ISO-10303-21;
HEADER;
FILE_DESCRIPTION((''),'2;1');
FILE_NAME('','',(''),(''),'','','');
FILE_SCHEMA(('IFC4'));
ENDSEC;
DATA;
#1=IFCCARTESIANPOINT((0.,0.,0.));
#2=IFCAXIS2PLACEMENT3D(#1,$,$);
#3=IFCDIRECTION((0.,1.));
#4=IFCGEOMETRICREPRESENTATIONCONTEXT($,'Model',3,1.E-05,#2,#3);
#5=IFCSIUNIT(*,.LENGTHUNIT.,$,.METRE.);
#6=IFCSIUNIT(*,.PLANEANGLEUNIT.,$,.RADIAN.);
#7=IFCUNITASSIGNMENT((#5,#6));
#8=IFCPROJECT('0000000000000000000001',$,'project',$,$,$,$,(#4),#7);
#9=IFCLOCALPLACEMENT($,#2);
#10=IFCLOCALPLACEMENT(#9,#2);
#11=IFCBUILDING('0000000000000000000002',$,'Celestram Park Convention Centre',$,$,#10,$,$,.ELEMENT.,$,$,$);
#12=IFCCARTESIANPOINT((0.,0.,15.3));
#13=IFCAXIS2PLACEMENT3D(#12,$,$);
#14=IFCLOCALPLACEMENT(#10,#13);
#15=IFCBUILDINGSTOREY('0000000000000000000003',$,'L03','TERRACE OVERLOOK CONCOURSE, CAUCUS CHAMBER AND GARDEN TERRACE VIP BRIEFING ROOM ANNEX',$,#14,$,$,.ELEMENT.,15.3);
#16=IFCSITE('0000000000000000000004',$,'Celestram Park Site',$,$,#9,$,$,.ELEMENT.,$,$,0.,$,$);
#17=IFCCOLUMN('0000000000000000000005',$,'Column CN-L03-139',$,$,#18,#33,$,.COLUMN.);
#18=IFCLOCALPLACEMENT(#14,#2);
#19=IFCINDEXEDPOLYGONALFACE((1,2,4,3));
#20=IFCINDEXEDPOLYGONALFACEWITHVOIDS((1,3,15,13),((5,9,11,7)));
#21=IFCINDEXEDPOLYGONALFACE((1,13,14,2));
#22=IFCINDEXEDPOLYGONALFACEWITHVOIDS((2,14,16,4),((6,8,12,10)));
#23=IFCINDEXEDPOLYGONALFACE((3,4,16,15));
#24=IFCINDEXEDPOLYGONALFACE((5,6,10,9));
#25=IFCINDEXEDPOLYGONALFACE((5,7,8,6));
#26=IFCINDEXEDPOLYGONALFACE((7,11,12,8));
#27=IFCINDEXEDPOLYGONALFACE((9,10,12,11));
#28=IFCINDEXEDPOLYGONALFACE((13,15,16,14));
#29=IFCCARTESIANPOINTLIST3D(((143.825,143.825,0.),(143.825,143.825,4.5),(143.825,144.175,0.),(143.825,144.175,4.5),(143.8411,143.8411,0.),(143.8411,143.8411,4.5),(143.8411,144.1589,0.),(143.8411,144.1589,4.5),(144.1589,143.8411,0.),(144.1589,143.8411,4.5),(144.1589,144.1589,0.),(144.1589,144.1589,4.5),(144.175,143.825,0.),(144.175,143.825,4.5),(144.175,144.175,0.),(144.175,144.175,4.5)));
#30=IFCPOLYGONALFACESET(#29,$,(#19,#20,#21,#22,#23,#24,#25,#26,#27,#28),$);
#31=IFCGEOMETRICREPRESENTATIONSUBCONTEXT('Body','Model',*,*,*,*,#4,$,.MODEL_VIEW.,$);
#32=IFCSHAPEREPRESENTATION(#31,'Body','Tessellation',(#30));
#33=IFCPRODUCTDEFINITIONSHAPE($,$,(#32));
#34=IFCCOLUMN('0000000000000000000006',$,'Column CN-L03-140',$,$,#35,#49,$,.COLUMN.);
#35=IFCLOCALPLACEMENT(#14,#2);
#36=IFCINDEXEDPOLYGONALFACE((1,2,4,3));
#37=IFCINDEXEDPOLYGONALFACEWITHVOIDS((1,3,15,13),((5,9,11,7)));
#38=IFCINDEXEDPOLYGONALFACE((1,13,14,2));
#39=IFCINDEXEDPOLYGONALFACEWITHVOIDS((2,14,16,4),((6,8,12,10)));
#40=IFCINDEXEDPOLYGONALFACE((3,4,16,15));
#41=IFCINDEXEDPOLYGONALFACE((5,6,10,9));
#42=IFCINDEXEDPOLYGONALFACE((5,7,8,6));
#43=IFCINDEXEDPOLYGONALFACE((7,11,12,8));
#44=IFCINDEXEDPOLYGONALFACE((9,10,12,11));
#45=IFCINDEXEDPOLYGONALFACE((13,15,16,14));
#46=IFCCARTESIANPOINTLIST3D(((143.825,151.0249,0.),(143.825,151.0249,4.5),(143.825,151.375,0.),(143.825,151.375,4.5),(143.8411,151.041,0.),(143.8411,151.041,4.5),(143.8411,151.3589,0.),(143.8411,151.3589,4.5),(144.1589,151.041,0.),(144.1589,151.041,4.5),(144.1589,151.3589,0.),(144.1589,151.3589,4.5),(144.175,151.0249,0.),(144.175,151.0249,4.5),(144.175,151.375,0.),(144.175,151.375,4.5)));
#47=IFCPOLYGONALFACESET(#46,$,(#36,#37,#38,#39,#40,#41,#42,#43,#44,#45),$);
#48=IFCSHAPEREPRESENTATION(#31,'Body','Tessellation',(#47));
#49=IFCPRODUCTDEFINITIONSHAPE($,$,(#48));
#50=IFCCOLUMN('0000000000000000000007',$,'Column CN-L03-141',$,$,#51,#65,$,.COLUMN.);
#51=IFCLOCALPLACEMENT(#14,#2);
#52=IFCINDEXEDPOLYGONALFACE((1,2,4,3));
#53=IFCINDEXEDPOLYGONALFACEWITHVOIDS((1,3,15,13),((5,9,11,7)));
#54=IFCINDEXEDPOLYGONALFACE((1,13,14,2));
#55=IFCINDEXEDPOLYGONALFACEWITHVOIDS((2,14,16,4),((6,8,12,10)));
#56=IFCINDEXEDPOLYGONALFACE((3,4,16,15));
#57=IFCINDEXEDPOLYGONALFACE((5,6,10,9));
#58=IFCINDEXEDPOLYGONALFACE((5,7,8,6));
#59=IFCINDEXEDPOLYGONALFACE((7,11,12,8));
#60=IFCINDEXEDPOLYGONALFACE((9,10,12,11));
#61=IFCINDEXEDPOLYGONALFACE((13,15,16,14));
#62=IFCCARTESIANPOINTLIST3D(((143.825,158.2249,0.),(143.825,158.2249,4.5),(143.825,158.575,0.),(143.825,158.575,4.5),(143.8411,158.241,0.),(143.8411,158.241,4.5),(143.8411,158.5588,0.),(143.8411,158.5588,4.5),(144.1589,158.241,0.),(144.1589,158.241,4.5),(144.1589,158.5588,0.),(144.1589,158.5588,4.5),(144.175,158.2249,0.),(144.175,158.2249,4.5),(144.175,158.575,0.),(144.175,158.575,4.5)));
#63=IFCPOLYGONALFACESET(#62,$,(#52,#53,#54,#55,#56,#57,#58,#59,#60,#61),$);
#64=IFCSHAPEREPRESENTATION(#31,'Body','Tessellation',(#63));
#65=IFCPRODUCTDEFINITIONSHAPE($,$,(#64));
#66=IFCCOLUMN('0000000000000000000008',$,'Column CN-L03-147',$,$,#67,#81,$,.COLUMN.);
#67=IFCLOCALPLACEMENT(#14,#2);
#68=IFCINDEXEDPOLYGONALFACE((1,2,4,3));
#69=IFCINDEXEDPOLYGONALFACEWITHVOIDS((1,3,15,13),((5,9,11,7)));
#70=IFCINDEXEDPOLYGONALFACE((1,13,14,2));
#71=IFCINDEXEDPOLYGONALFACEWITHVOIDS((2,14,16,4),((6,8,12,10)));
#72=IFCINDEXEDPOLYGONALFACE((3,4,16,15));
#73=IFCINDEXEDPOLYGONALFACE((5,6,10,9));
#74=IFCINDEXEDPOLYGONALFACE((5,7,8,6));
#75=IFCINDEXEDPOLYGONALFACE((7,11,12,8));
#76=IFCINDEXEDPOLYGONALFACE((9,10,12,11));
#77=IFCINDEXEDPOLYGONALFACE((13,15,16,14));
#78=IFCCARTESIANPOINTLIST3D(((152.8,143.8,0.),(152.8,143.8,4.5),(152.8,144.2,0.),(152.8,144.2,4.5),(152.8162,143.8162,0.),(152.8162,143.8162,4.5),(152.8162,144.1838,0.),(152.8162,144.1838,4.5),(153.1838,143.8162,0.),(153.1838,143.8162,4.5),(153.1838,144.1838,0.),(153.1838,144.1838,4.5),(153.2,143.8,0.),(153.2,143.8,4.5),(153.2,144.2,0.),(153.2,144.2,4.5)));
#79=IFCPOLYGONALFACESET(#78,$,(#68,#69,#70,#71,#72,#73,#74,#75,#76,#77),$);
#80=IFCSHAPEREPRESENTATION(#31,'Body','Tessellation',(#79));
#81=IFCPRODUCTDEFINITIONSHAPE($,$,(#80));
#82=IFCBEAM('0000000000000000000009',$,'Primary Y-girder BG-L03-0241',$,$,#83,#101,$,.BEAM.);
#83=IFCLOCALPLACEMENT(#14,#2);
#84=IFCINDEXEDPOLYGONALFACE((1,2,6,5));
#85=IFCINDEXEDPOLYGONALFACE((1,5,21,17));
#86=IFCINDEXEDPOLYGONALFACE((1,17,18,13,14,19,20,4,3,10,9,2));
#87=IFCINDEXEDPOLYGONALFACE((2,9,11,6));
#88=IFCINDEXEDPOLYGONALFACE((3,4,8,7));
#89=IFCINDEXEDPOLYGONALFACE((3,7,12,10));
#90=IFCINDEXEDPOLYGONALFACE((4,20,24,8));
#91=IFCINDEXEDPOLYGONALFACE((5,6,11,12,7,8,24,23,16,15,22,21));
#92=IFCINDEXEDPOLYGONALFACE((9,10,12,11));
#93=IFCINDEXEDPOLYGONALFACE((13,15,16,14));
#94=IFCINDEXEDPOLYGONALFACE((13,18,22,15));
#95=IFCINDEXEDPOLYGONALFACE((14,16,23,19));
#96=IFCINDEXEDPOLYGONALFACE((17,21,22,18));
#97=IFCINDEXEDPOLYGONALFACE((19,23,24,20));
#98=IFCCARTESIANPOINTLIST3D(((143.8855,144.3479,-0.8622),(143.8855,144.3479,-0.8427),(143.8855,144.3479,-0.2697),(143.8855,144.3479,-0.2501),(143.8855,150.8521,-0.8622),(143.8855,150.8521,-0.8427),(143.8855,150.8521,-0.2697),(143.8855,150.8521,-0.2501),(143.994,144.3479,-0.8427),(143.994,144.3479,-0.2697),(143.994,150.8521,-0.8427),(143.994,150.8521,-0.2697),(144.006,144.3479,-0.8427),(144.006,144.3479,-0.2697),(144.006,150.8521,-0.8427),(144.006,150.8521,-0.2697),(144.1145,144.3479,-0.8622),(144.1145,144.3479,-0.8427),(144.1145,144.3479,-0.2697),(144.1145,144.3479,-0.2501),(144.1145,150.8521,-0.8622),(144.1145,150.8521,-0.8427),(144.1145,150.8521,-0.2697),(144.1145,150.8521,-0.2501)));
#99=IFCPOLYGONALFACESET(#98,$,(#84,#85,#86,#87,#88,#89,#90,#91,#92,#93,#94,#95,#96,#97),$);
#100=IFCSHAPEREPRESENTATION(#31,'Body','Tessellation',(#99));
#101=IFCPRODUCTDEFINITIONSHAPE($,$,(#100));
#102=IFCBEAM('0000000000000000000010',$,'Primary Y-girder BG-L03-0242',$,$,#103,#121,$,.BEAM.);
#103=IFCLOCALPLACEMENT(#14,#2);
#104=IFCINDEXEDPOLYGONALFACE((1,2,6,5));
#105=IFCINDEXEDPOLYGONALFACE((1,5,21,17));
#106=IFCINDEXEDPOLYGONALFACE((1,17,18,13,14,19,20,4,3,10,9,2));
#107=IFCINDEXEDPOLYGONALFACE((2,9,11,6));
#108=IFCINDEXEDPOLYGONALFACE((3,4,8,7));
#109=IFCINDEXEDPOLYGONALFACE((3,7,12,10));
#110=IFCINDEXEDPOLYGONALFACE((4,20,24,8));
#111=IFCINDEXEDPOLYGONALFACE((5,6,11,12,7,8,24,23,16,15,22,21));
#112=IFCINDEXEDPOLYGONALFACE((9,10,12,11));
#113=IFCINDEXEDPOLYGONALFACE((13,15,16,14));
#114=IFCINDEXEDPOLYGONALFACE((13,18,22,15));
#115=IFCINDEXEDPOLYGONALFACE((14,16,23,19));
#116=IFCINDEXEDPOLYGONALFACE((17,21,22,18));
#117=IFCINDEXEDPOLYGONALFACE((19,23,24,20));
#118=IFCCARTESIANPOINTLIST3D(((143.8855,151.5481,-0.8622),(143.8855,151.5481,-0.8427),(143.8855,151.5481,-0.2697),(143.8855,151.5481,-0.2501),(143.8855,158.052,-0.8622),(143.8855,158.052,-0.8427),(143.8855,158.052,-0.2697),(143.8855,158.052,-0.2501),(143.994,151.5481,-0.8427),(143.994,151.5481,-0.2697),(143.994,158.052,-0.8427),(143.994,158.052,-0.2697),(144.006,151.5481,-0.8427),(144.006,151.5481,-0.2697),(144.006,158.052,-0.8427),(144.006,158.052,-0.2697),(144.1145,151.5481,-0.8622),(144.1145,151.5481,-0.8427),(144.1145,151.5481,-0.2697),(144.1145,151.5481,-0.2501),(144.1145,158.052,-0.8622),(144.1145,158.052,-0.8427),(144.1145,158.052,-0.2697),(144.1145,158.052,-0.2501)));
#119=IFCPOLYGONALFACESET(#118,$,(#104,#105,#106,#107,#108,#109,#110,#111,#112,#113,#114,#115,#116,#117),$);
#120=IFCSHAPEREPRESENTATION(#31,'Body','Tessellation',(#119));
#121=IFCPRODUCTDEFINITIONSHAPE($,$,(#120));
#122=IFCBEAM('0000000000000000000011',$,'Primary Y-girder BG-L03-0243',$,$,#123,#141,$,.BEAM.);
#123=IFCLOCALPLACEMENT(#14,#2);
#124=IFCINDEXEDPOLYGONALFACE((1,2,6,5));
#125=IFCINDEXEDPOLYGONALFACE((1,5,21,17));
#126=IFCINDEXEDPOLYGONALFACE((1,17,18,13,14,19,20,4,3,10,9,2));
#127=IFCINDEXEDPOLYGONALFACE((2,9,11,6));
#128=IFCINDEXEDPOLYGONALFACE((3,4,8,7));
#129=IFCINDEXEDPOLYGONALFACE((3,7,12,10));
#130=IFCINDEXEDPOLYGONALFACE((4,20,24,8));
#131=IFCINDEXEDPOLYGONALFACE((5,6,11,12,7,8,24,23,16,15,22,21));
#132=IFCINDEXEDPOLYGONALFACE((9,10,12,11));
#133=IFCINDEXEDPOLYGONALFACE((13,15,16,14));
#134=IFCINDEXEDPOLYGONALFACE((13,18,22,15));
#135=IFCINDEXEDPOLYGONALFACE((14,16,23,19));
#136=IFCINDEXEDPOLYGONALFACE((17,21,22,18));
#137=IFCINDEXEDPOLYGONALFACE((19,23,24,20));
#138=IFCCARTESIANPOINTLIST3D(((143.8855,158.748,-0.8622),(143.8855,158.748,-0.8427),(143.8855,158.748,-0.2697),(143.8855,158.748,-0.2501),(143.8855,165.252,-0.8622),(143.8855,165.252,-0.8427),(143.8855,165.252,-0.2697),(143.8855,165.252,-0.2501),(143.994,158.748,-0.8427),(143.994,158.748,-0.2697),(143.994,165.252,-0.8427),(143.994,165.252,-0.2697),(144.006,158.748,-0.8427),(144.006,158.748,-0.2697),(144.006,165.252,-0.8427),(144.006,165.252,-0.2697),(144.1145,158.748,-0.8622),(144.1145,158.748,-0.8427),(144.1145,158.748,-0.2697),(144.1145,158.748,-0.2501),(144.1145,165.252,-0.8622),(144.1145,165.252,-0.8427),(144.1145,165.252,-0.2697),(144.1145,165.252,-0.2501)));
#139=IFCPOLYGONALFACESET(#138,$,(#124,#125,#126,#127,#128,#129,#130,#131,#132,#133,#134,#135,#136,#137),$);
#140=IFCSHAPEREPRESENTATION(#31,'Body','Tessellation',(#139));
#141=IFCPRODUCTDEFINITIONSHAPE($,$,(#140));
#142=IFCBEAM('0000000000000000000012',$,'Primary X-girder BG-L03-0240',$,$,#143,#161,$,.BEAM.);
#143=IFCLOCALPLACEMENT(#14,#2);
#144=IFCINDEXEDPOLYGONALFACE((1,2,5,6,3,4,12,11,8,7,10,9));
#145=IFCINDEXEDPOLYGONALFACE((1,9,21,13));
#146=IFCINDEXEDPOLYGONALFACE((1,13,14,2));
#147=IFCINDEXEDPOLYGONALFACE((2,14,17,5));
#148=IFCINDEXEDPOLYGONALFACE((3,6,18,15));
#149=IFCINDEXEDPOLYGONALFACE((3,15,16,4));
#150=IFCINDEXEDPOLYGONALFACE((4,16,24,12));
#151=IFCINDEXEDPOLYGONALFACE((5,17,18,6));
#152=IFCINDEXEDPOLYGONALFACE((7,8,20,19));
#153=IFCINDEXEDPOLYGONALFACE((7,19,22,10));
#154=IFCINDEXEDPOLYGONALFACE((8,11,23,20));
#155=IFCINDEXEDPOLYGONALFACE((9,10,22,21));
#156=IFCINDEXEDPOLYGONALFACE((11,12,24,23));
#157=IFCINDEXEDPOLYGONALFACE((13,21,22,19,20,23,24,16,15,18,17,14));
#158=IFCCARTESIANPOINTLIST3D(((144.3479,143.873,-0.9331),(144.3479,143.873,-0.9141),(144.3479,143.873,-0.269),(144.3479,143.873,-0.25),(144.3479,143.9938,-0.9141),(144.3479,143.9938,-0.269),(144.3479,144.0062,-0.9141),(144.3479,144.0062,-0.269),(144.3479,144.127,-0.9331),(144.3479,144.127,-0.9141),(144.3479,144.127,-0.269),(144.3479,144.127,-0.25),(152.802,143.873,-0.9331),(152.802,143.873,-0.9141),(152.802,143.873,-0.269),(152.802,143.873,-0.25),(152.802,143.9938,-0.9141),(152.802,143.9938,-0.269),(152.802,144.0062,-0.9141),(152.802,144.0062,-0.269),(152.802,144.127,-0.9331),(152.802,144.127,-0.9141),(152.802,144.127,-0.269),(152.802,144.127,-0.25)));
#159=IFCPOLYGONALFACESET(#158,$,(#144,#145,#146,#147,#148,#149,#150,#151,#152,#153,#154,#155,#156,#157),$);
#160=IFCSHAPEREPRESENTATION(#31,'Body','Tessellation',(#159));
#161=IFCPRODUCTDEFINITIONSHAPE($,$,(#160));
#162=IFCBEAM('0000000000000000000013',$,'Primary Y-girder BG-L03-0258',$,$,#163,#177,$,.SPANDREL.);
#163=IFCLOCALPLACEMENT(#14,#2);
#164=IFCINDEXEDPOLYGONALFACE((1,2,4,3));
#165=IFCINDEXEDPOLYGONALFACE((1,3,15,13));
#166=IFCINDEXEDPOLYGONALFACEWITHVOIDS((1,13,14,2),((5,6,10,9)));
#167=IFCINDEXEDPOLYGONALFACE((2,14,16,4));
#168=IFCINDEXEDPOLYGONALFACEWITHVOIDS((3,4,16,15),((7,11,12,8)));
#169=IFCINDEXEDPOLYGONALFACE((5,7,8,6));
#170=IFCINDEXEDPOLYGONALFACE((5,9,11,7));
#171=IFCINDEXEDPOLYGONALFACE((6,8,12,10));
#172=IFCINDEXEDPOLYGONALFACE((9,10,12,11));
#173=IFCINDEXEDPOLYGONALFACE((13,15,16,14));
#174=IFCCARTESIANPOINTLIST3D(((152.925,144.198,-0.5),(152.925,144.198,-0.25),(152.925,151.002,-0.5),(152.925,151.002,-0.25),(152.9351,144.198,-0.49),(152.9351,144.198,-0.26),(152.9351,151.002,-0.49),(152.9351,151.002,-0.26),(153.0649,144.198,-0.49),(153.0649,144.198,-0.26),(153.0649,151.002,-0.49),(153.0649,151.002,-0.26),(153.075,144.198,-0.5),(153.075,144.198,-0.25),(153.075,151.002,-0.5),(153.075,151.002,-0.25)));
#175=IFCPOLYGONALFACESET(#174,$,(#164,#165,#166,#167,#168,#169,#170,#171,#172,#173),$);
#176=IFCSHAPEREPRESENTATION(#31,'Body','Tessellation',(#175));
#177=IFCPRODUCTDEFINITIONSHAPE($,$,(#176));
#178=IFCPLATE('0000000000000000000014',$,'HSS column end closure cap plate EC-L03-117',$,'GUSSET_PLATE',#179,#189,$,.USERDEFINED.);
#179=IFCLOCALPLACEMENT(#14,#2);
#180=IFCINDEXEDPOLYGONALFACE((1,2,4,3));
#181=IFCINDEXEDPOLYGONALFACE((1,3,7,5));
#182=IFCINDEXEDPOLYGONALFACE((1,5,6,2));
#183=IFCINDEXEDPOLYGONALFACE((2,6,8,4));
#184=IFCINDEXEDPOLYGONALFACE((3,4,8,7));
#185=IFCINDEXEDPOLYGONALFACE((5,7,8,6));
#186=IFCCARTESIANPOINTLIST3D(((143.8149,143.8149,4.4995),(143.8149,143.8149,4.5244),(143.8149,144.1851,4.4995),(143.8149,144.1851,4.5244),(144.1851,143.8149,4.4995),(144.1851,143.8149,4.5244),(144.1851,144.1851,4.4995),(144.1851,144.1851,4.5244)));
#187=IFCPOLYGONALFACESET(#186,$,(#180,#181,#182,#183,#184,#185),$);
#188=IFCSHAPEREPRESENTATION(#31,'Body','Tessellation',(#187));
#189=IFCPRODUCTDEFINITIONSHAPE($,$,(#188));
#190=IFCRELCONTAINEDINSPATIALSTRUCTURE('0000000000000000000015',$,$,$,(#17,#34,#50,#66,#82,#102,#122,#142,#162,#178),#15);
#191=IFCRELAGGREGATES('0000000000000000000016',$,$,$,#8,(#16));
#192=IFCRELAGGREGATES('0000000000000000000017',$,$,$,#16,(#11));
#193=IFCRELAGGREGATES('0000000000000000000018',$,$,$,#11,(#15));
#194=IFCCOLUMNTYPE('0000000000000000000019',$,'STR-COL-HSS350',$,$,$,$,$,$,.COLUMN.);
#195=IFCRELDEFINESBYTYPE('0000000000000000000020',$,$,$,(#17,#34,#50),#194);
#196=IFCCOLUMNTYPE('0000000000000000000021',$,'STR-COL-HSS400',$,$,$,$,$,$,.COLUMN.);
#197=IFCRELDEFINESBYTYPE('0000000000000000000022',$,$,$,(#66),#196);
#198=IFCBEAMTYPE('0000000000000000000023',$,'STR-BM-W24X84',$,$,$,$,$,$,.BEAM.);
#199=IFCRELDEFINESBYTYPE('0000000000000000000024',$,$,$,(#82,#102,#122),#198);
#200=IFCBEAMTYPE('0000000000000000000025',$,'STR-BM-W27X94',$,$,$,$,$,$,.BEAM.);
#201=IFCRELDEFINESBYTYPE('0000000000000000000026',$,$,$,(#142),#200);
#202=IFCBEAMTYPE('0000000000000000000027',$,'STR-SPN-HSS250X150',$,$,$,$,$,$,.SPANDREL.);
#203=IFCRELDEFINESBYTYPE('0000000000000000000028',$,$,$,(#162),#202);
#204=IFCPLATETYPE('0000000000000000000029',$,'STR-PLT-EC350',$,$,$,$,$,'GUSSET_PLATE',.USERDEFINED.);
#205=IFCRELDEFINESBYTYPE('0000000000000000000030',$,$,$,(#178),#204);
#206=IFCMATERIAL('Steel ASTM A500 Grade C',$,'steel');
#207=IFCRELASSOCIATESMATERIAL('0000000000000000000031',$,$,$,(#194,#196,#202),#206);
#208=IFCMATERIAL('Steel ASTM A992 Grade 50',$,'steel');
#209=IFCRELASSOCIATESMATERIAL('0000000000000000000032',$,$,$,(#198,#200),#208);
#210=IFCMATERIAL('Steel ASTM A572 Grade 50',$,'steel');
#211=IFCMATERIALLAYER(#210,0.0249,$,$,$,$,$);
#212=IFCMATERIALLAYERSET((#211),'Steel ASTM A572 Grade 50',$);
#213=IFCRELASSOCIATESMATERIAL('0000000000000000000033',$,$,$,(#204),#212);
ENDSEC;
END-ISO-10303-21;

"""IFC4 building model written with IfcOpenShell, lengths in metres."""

from ifc_helpers import new_model, si_unit, direction, frame, origin, origin_2d, place, context, subcontext, project, spatial, rectangle, hollow_rectangle, i_section, extrude, material, layer, layer_set, material_profile, profile_set, type_object, element, save


model = new_model("IFC4")

# Units and contexts
model_context = context("Model", 3, precision=1e-05, world=origin(), true_north=direction((0.0, 1.0)))
body_context = subcontext(model_context, "Body", "Model", "MODEL_VIEW")
ifc_project = project(units=[si_unit("LENGTHUNIT", "METRE"), si_unit("PLANEANGLEUNIT", "RADIAN")], contexts=[model_context])

# Site, building, storey
site_placement = place(None, origin())
site = spatial("IfcSite", under=ifc_project, at=site_placement, Name="Celestram Park Site", CompositionType="ELEMENT", RefElevation=0.0)
building_placement = place(site_placement, origin())
building = spatial("IfcBuilding", under=site, at=building_placement, Name="Celestram Park Convention Centre", CompositionType="ELEMENT")
storey_placement = place(building_placement, frame((0.0, 0.0, 15.3)))
storey = spatial("IfcBuildingStorey", under=building, at=storey_placement, Name="L03", Description="TERRACE OVERLOOK CONCOURSE, CAUCUS CHAMBER AND GARDEN TERRACE VIP BRIEFING ROOM ANNEX", CompositionType="ELEMENT", Elevation=15.3)

# Columns
ifc_material_1 = material(Name="Steel ASTM A500 Grade C", Category="steel")
ifc_material_profile_1 = material_profile(ifc_material_1, hollow_rectangle(XDim=0.3501, YDim=0.3501, WallThickness=0.0161, at=origin_2d()), Name="HSS350X350X16")
ifc_profile_set_1 = profile_set([ifc_material_profile_1], Name="Steel ASTM A500 Grade C")
column_type_1 = type_object("IfcColumnType", Name="STR-COL-HSS350", PredefinedType="COLUMN", material=ifc_profile_set_1)
for number, where, z_axis, x_axis, name in (
    (1, (144.0, 144.0, 0.0), (0.0, 0.0, 1.0), (1.0, 0.0, 0.0), "Column CN-L03-139"),
    (2, (144.0, 151.2, 0.0), (0.0, 0.0, 1.0), (1.0, 0.0, 0.0), "Column CN-L03-140"),
    (3, (144.0, 158.3999, 0.0), (0.0, 0.0, 1.0), (1.0, 0.0, 0.0), "Column CN-L03-141"),
):
    element("IfcColumn", number, at=place(storey_placement, frame(where, z_axis=z_axis, x_axis=x_axis)), inside=storey, type_object=column_type_1, Name=name, PredefinedType="COLUMN", context=body_context, shape_type="SweptSolid", body=[
        extrude(hollow_rectangle(XDim=0.3501, YDim=0.3501, WallThickness=0.0161, at=origin_2d()), origin(), (0.0, 0.0, 1.0), 4.5),
    ])
ifc_material_profile_2 = material_profile(ifc_material_1, hollow_rectangle(XDim=0.3999, YDim=0.3999, WallThickness=0.0161, at=origin_2d()), Name="HSS400X400X16")
ifc_profile_set_2 = profile_set([ifc_material_profile_2], Name="Steel ASTM A500 Grade C")
column_type_2 = type_object("IfcColumnType", Name="STR-COL-HSS400", PredefinedType="COLUMN", material=ifc_profile_set_2)
column_placement = place(storey_placement, frame((153.0, 144.0, 0.0), z_axis=(0.0, 0.0, 1.0), x_axis=(1.0, 0.0, 0.0)))
element("IfcColumn", 4, at=column_placement, inside=storey, type_object=column_type_2, Name="Column CN-L03-147", PredefinedType="COLUMN", context=body_context, shape_type="SweptSolid", body=[
    extrude(hollow_rectangle(XDim=0.3999, YDim=0.3999, WallThickness=0.0161, at=origin_2d()), origin(), (0.0, 0.0, 1.0), 4.5),
])

# Beams
ifc_material_2 = material(Name="Steel ASTM A992 Grade 50", Category="steel")
ifc_material_profile_3 = material_profile(ifc_material_2, i_section(OverallWidth=0.229, OverallDepth=0.6121, WebThickness=0.012, FlangeThickness=0.0195, at=origin_2d()), Name="W24X84")
ifc_profile_set_3 = profile_set([ifc_material_profile_3], Name="Steel ASTM A992 Grade 50")
beam_type_1 = type_object("IfcBeamType", Name="STR-BM-W24X84", PredefinedType="BEAM", material=ifc_profile_set_3)
beam_1_placement = place(storey_placement, frame((144.0, 144.3479, -0.5562), z_axis=(0.0, 1.0, 0.0), x_axis=(-1.0, 0.0, 0.0)))
element("IfcBeam", 5, at=beam_1_placement, inside=storey, type_object=beam_type_1, Name="Primary Y-girder BG-L03-0241", PredefinedType="BEAM", context=body_context, shape_type="SweptSolid", body=[
    extrude(i_section(OverallWidth=0.229, OverallDepth=0.6121, WebThickness=0.012, FlangeThickness=0.0195, at=origin_2d()), origin(), (0.0, 0.0, 1.0), 6.5042),
])
for number, where, z_axis, x_axis, name in (
    (6, (144.0, 151.5481, -0.5562), (0.0, 1.0, 0.0), (-1.0, 0.0, 0.0), "Primary Y-girder BG-L03-0242"),
    (7, (144.0, 158.748, -0.5562), (0.0, 1.0, 0.0), (-1.0, 0.0, 0.0), "Primary Y-girder BG-L03-0243"),
):
    element("IfcBeam", number, at=place(storey_placement, frame(where, z_axis=z_axis, x_axis=x_axis)), inside=storey, type_object=beam_type_1, Name=name, PredefinedType="BEAM", context=body_context, shape_type="SweptSolid", body=[
        extrude(i_section(OverallWidth=0.229, OverallDepth=0.6121, WebThickness=0.012, FlangeThickness=0.0195, at=origin_2d()), origin(), (0.0, 0.0, 1.0), 6.5039),
    ])
ifc_material_profile_4 = material_profile(ifc_material_2, i_section(OverallWidth=0.2539, OverallDepth=0.6831, WebThickness=0.0125, FlangeThickness=0.019, at=origin_2d()), Name="W27X94")
ifc_profile_set_4 = profile_set([ifc_material_profile_4], Name="Steel ASTM A992 Grade 50")
beam_type_2 = type_object("IfcBeamType", Name="STR-BM-W27X94", PredefinedType="BEAM", material=ifc_profile_set_4)
beam_2_placement = place(storey_placement, frame((144.3479, 144.0, -0.5916), z_axis=(1.0, 0.0, 0.0), x_axis=(0.0, 1.0, 0.0)))
element("IfcBeam", 8, at=beam_2_placement, inside=storey, type_object=beam_type_2, Name="Primary X-girder BG-L03-0240", PredefinedType="BEAM", context=body_context, shape_type="SweptSolid", body=[
    extrude(i_section(OverallWidth=0.2539, OverallDepth=0.6831, WebThickness=0.0125, FlangeThickness=0.019, at=origin_2d()), origin(), (0.0, 0.0, 1.0), 8.4541),
])
ifc_material_profile_5 = material_profile(ifc_material_1, hollow_rectangle(XDim=0.1499, YDim=0.25, WallThickness=0.01, at=origin_2d()), Name="HSS250X150X10")
ifc_profile_set_5 = profile_set([ifc_material_profile_5], Name="Steel ASTM A500 Grade C")
beam_type_3 = type_object("IfcBeamType", Name="STR-SPN-HSS250X150", PredefinedType="SPANDREL", material=ifc_profile_set_5)
beam_3_placement = place(storey_placement, frame((153.0, 144.198, -0.375), z_axis=(0.0, 1.0, 0.0), x_axis=(-1.0, 0.0, 0.0)))
element("IfcBeam", 9, at=beam_3_placement, inside=storey, type_object=beam_type_3, Name="Primary Y-girder BG-L03-0258", PredefinedType="SPANDREL", context=body_context, shape_type="SweptSolid", body=[
    extrude(hollow_rectangle(XDim=0.1499, YDim=0.25, WallThickness=0.01, at=origin_2d()), origin(), (0.0, 0.0, 1.0), 6.804),
])

# Plate
ifc_material_3 = material(Name="Steel ASTM A572 Grade 50", Category="steel")
ifc_layer_1 = layer(ifc_material_3, 0.0249)
ifc_layer_set_1 = layer_set([ifc_layer_1], Name="Steel ASTM A572 Grade 50")
plate_type_1 = type_object("IfcPlateType", Name="STR-PLT-EC350", ElementType="GUSSET_PLATE", PredefinedType="USERDEFINED", material=ifc_layer_set_1)
for number, where, z_axis, x_axis, name in (
    (10, (144.0, 144.0, 4.4995), (0.0, 0.0, 1.0), (1.0, 0.0, 0.0), "HSS column end closure cap plate EC-L03-117"),
):
    element("IfcPlate", number, at=place(storey_placement, frame(where, z_axis=z_axis, x_axis=x_axis)), inside=storey, type_object=plate_type_1, Name=name, ObjectType="GUSSET_PLATE", PredefinedType="USERDEFINED", context=body_context, shape_type="SweptSolid", body=[
        extrude(rectangle(XDim=0.3701, YDim=0.3701, at=origin_2d()), origin(), (0.0, 0.0, 1.0), 0.0249),
    ])

save(model, "model.ifc")
